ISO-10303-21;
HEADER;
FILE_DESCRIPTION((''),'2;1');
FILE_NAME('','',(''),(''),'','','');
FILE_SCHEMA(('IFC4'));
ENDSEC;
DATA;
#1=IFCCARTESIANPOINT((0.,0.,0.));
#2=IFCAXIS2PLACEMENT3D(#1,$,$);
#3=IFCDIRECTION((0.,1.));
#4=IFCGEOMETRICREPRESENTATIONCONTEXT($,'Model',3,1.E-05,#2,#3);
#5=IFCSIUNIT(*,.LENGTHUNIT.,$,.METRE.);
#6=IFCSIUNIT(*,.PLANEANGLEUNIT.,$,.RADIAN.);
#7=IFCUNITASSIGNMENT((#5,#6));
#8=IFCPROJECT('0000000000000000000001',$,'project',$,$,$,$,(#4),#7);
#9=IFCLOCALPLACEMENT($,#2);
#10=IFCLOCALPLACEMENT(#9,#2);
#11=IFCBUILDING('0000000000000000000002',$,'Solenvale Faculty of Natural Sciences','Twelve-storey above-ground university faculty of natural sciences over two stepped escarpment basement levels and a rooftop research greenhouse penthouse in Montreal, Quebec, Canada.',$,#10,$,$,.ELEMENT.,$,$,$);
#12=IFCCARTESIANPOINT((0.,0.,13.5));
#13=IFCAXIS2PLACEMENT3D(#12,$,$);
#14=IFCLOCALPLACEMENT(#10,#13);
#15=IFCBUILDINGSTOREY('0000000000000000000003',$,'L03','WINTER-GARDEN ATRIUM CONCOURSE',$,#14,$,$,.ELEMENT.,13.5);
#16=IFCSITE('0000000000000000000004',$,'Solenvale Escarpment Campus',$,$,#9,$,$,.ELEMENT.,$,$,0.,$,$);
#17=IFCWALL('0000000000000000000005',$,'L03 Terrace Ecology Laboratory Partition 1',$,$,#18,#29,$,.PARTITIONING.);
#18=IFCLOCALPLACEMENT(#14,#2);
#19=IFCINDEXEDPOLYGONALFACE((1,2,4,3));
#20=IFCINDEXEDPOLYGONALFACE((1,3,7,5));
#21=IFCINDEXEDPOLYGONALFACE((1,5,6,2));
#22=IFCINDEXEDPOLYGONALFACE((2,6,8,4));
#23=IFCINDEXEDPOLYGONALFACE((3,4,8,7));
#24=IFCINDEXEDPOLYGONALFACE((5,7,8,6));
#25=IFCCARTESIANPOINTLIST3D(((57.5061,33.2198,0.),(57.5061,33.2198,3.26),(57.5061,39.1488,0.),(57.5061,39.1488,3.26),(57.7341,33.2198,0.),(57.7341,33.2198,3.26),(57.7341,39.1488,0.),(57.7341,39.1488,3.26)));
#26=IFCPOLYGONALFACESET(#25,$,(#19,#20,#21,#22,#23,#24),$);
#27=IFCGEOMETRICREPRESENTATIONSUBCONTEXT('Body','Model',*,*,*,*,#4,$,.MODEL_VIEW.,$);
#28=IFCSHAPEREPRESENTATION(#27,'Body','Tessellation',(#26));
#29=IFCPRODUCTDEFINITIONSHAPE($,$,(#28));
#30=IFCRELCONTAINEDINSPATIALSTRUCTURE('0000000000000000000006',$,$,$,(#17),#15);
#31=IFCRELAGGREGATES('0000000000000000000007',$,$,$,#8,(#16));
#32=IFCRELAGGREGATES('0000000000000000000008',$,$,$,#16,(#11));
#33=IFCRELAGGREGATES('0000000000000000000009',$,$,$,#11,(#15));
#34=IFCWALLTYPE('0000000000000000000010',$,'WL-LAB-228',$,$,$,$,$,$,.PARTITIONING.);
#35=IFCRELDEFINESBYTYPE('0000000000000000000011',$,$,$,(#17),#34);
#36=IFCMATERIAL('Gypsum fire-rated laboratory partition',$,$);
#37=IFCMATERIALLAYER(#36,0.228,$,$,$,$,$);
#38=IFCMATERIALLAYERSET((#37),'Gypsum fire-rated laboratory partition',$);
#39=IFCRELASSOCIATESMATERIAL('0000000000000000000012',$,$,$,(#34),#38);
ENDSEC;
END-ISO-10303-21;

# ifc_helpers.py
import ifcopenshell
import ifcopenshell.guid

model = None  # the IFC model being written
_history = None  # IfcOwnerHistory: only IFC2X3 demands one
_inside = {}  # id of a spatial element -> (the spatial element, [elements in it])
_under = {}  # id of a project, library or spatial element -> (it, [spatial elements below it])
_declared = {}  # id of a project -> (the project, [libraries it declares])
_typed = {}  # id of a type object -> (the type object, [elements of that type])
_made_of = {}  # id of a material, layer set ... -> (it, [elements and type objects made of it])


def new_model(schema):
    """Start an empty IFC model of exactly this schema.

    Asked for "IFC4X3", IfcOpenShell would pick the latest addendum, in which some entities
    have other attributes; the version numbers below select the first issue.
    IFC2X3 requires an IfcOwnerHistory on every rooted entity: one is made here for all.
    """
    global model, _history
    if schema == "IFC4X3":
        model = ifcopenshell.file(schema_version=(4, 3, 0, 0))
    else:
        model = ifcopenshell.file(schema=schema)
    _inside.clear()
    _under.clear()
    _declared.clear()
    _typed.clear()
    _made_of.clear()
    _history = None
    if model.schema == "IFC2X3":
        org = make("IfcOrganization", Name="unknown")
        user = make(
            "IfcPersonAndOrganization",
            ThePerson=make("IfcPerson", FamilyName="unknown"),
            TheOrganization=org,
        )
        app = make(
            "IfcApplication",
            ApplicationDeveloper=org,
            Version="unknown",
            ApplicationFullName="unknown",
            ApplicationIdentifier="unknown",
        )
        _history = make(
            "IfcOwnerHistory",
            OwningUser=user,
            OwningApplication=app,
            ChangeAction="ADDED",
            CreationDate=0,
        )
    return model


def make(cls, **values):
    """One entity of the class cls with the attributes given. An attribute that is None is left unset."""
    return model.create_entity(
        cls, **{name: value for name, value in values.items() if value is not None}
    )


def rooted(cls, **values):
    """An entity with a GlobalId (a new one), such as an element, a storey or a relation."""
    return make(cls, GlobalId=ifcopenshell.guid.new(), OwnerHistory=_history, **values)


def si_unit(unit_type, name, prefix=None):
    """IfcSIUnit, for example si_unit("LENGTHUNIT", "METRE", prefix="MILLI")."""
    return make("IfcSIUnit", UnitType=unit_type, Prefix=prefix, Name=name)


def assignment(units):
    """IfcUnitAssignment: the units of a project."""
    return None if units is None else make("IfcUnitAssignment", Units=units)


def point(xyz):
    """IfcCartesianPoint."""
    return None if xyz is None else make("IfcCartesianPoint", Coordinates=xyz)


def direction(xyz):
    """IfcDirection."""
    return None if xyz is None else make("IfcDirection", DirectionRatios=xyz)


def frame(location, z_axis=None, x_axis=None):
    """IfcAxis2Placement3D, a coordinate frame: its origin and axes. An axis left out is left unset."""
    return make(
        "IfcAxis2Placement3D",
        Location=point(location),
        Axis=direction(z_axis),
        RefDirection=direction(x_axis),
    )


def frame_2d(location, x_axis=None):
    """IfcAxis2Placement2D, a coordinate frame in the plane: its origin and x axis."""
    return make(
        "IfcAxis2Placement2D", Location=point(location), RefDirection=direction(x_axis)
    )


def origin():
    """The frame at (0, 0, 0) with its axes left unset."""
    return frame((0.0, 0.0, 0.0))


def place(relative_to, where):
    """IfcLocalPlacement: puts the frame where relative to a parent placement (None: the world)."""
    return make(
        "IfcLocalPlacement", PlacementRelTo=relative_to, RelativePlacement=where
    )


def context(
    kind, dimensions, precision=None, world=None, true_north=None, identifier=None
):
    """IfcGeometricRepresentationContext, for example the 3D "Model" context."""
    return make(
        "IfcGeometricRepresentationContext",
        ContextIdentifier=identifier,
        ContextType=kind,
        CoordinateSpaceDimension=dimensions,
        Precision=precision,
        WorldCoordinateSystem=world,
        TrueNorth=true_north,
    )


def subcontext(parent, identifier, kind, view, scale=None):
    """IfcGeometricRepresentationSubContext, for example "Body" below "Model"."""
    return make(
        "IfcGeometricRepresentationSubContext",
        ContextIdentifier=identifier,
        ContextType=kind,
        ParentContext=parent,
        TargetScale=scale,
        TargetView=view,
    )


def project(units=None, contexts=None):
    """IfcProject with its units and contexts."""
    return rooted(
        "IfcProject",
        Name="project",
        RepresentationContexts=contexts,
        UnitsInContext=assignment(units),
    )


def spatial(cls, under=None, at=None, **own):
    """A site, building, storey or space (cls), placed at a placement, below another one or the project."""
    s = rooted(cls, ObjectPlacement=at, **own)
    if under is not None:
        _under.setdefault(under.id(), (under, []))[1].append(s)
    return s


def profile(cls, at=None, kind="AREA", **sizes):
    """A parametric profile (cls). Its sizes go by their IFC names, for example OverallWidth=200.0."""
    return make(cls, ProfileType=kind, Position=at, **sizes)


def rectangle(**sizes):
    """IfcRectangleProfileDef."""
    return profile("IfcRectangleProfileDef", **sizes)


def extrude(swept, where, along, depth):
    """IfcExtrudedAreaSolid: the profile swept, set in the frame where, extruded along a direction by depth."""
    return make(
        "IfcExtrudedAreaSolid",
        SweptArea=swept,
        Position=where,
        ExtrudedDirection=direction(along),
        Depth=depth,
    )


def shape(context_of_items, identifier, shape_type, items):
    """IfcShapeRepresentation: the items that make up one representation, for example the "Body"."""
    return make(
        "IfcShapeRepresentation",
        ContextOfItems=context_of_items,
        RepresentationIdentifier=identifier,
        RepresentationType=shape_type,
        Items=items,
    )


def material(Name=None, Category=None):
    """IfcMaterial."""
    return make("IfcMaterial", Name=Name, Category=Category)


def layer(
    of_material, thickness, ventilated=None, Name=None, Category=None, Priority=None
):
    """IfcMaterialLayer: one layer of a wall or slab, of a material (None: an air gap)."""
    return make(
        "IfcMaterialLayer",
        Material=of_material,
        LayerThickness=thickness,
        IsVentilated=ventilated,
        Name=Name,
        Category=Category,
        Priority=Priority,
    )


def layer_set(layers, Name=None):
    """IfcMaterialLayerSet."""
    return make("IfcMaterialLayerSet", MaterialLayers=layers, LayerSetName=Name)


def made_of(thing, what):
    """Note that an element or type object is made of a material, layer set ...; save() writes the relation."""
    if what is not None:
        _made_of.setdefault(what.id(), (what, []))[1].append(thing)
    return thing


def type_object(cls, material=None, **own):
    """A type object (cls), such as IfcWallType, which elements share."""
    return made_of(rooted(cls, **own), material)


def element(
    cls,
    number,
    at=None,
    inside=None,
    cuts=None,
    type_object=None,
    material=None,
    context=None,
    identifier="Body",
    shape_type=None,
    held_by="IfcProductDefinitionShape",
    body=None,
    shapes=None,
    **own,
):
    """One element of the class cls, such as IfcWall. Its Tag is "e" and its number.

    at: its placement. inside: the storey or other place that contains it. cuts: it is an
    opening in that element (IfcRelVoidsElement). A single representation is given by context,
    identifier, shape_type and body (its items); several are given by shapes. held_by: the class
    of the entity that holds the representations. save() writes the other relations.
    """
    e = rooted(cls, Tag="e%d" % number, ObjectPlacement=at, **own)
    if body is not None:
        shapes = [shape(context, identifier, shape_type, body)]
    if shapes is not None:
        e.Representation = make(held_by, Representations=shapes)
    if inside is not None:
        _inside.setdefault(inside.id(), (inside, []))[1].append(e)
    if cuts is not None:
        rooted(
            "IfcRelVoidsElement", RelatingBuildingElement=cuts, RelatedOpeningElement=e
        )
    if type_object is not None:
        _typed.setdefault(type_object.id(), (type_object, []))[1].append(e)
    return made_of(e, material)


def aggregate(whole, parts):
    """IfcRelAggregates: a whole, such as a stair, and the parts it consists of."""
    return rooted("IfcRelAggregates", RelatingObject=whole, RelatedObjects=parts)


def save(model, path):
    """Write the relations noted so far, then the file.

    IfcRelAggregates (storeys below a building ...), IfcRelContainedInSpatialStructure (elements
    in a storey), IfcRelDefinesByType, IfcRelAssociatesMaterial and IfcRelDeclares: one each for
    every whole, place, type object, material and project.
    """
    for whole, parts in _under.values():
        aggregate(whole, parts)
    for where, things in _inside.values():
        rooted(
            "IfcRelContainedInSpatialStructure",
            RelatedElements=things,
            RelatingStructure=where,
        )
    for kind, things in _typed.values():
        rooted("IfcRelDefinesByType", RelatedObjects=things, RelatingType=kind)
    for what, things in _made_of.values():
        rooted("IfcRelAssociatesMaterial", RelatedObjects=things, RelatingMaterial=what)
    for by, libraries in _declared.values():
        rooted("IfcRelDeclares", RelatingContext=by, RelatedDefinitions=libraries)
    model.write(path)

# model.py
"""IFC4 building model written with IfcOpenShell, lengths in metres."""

from ifc_helpers import new_model, si_unit, direction, frame, frame_2d, origin, place, context, subcontext, project, spatial, rectangle, extrude, material, layer, layer_set, type_object, element, save


model = new_model("IFC4")

# Units and contexts
model_context = context("Model", 3, precision=1e-05, world=origin(), true_north=direction((0.0, 1.0)))
body_context = subcontext(model_context, "Body", "Model", "MODEL_VIEW")
ifc_project = project(units=[si_unit("LENGTHUNIT", "METRE"), si_unit("PLANEANGLEUNIT", "RADIAN")], contexts=[model_context])

# Site, building, storey
site_placement = place(None, origin())
site = spatial("IfcSite", under=ifc_project, at=site_placement, Name="Solenvale Escarpment Campus", CompositionType="ELEMENT", RefElevation=0.0)
building_placement = place(site_placement, origin())
building = spatial("IfcBuilding", under=site, at=building_placement, Name="Solenvale Faculty of Natural Sciences", Description="Twelve-storey above-ground university faculty of natural sciences over two stepped escarpment basement levels and a rooftop research greenhouse penthouse in Montreal, Quebec, Canada.", CompositionType="ELEMENT")
storey_placement = place(building_placement, frame((0.0, 0.0, 13.5)))
storey = spatial("IfcBuildingStorey", under=building, at=storey_placement, Name="L03", Description="WINTER-GARDEN ATRIUM CONCOURSE", CompositionType="ELEMENT", Elevation=13.5)

# Wall
ifc_material_1 = material(Name="Gypsum fire-rated laboratory partition")
ifc_layer_1 = layer(ifc_material_1, 0.228)
ifc_layer_set_1 = layer_set([ifc_layer_1], Name="Gypsum fire-rated laboratory partition")
wall_type_1 = type_object("IfcWallType", Name="WL-LAB-228", PredefinedType="PARTITIONING", material=ifc_layer_set_1)
wall_1_placement = place(storey_placement, frame((57.6201, 33.22, 0.0), z_axis=(0.0, 0.0, 1.0), x_axis=(0.0, 1.0, 0.0)))
element("IfcWall", 1, at=wall_1_placement, inside=storey, type_object=wall_type_1, Name="L03 Terrace Ecology Laboratory Partition 1", PredefinedType="PARTITIONING", context=body_context, shape_type="SweptSolid", body=[
    extrude(rectangle(XDim=5.929, YDim=0.228, at=frame_2d((2.9644, 0.0))), origin(), (0.0, 0.0, 1.0), 3.26),
])

save(model, "model.ifc")
